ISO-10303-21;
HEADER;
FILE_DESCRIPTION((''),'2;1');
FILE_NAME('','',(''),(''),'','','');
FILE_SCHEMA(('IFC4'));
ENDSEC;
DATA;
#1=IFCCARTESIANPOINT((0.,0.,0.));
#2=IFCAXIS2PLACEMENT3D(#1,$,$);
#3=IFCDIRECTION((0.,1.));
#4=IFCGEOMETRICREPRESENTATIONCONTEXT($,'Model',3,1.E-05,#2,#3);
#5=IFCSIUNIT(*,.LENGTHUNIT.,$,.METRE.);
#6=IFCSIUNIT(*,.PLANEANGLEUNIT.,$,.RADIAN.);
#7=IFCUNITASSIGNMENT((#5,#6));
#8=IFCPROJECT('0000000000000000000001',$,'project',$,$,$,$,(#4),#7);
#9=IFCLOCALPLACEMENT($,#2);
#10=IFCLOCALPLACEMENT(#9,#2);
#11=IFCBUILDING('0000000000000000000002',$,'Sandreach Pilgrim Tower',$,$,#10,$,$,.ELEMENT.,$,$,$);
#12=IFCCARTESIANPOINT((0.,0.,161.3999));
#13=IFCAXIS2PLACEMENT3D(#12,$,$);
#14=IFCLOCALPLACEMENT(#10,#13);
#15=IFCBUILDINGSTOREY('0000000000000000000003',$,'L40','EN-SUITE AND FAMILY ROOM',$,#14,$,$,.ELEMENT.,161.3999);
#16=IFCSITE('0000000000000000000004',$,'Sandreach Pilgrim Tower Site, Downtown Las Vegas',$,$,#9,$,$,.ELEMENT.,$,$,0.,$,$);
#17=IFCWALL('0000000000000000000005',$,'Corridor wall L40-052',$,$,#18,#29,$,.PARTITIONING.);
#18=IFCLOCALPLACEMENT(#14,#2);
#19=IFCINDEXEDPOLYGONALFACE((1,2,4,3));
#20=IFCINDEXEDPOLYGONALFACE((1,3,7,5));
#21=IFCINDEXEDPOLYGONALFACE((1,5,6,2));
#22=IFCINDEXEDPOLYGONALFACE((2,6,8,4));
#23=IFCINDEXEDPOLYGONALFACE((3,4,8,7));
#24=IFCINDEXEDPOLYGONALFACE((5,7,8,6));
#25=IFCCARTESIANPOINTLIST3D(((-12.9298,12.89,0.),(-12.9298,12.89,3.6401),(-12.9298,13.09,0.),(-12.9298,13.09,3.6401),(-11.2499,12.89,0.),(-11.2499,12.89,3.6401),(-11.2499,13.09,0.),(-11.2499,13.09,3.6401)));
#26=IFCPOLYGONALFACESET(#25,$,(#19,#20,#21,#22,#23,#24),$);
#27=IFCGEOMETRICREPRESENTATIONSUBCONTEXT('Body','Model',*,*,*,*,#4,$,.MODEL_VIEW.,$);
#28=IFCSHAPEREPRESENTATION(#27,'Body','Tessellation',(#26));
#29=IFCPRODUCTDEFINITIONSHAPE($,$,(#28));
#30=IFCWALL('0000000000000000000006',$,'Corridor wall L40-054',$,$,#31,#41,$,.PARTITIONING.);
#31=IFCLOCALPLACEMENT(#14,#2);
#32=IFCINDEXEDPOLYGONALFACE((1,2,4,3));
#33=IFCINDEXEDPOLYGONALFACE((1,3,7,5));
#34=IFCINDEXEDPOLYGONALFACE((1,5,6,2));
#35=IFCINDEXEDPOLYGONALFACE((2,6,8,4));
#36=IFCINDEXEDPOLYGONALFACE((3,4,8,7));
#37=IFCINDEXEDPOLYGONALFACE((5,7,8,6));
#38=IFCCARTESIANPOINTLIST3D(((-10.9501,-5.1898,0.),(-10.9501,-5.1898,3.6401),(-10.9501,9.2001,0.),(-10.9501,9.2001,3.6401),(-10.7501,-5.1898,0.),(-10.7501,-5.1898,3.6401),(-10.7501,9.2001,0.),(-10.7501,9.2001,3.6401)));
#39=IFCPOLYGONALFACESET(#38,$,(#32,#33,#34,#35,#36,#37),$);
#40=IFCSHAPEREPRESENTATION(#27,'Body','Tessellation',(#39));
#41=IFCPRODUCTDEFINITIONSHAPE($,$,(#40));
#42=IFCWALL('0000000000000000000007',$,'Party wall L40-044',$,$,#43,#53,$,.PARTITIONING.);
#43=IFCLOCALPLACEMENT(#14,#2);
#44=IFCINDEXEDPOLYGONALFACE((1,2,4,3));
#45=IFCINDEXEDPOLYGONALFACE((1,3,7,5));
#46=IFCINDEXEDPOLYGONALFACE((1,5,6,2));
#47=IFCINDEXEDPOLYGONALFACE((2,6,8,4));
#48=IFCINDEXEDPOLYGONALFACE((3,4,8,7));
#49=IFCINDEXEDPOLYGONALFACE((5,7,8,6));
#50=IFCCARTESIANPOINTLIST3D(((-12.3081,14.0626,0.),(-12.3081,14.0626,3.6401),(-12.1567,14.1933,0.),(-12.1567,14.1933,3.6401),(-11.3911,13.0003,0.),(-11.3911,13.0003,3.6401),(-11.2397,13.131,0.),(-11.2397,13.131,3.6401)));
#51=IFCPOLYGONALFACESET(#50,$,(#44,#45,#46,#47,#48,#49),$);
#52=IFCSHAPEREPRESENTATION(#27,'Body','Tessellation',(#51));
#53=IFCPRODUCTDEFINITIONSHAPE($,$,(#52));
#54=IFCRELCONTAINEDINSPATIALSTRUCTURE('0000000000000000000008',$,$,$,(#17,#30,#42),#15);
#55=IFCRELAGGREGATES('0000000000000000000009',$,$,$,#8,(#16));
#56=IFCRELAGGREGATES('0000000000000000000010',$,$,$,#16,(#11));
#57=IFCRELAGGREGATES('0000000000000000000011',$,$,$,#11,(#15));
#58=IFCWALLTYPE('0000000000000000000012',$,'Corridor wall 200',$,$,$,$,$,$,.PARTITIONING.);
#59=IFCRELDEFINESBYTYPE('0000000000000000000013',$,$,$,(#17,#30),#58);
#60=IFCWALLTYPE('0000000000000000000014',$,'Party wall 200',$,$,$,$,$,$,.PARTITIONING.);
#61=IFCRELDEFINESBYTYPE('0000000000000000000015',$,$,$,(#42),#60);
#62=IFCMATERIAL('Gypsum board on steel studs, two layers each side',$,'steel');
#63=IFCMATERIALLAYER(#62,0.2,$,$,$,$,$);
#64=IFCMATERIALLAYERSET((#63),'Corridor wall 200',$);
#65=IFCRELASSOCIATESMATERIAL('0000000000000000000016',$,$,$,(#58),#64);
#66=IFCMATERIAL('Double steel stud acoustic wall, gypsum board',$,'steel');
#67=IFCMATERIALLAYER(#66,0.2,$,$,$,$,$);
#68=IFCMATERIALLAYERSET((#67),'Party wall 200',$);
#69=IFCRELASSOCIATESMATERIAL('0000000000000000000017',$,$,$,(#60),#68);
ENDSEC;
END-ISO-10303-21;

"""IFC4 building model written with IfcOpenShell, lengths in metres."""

from ifc_helpers import new_model, si_unit, direction, frame, frame_2d, origin, place, context, subcontext, project, spatial, rectangle, extrude, material, layer, layer_set, type_object, element, save


model = new_model("IFC4")

# Units and contexts
model_context = context("Model", 3, precision=1e-05, world=origin(), true_north=direction((0.0, 1.0)))
body_context = subcontext(model_context, "Body", "Model", "MODEL_VIEW")
ifc_project = project(units=[si_unit("LENGTHUNIT", "METRE"), si_unit("PLANEANGLEUNIT", "RADIAN")], contexts=[model_context])

# Site, building, storey
site_placement = place(None, origin())
site = spatial("IfcSite", under=ifc_project, at=site_placement, Name="Sandreach Pilgrim Tower Site, Downtown Las Vegas", CompositionType="ELEMENT", RefElevation=0.0)
building_placement = place(site_placement, origin())
building = spatial("IfcBuilding", under=site, at=building_placement, Name="Sandreach Pilgrim Tower", CompositionType="ELEMENT")
storey_placement = place(building_placement, frame((0.0, 0.0, 161.3999)))
storey = spatial("IfcBuildingStorey", under=building, at=storey_placement, Name="L40", Description="EN-SUITE AND FAMILY ROOM", CompositionType="ELEMENT", Elevation=161.3999)

# Shared definitions
ifc_material_1 = material(Name="Gypsum board on steel studs, two layers each side", Category="steel")
ifc_layer_1 = layer(ifc_material_1, 0.2)
ifc_layer_set_1 = layer_set([ifc_layer_1], Name="Corridor wall 200")
wall_type_1 = type_object("IfcWallType", Name="Corridor wall 200", PredefinedType="PARTITIONING", material=ifc_layer_set_1)

# Walls
wall_1_placement = place(storey_placement, frame((-11.25, 12.99, 0.0), z_axis=(0.0, 0.0, 1.0), x_axis=(-1.0, 0.0, 0.0)))
element("IfcWall", 1, at=wall_1_placement, inside=storey, type_object=wall_type_1, Name="Corridor wall L40-052", PredefinedType="PARTITIONING", context=body_context, shape_type="SweptSolid", body=[
    extrude(rectangle(XDim=1.6799, YDim=0.2, at=frame_2d((0.8398, 0.0))), origin(), (0.0, 0.0, 1.0), 3.6401),
])
wall_2_placement = place(storey_placement, frame((-10.8501, 9.2, 0.0), z_axis=(0.0, 0.0, 1.0), x_axis=(0.0, -1.0, 0.0)))
element("IfcWall", 2, at=wall_2_placement, inside=storey, type_object=wall_type_1, Name="Corridor wall L40-054", PredefinedType="PARTITIONING", context=body_context, shape_type="SweptSolid", body=[
    extrude(rectangle(XDim=14.3899, YDim=0.2, at=frame_2d((7.1948, 0.0))), origin(), (0.0, 0.0, 1.0), 3.6401),
])

# Wall
ifc_material_2 = material(Name="Double steel stud acoustic wall, gypsum board", Category="steel")
ifc_layer_2 = layer(ifc_material_2, 0.2)
ifc_layer_set_2 = layer_set([ifc_layer_2], Name="Party wall 200")
wall_type_2 = type_object("IfcWallType", Name="Party wall 200", PredefinedType="PARTITIONING", material=ifc_layer_set_2)
wall_3_placement = place(storey_placement, frame((-12.2324, 14.1279, 0.0), z_axis=(0.0, 0.0, 1.0), x_axis=(0.653452, -0.756968, 0.0)))
element("IfcWall", 3, at=wall_3_placement, inside=storey, type_object=wall_type_2, Name="Party wall L40-044", PredefinedType="PARTITIONING", context=body_context, shape_type="SweptSolid", body=[
    extrude(rectangle(XDim=1.4033, YDim=0.2, at=frame_2d((0.7017, 0.0))), origin(), (0.0, 0.0, 1.0), 3.6401),
])

save(model, "model.ifc")
